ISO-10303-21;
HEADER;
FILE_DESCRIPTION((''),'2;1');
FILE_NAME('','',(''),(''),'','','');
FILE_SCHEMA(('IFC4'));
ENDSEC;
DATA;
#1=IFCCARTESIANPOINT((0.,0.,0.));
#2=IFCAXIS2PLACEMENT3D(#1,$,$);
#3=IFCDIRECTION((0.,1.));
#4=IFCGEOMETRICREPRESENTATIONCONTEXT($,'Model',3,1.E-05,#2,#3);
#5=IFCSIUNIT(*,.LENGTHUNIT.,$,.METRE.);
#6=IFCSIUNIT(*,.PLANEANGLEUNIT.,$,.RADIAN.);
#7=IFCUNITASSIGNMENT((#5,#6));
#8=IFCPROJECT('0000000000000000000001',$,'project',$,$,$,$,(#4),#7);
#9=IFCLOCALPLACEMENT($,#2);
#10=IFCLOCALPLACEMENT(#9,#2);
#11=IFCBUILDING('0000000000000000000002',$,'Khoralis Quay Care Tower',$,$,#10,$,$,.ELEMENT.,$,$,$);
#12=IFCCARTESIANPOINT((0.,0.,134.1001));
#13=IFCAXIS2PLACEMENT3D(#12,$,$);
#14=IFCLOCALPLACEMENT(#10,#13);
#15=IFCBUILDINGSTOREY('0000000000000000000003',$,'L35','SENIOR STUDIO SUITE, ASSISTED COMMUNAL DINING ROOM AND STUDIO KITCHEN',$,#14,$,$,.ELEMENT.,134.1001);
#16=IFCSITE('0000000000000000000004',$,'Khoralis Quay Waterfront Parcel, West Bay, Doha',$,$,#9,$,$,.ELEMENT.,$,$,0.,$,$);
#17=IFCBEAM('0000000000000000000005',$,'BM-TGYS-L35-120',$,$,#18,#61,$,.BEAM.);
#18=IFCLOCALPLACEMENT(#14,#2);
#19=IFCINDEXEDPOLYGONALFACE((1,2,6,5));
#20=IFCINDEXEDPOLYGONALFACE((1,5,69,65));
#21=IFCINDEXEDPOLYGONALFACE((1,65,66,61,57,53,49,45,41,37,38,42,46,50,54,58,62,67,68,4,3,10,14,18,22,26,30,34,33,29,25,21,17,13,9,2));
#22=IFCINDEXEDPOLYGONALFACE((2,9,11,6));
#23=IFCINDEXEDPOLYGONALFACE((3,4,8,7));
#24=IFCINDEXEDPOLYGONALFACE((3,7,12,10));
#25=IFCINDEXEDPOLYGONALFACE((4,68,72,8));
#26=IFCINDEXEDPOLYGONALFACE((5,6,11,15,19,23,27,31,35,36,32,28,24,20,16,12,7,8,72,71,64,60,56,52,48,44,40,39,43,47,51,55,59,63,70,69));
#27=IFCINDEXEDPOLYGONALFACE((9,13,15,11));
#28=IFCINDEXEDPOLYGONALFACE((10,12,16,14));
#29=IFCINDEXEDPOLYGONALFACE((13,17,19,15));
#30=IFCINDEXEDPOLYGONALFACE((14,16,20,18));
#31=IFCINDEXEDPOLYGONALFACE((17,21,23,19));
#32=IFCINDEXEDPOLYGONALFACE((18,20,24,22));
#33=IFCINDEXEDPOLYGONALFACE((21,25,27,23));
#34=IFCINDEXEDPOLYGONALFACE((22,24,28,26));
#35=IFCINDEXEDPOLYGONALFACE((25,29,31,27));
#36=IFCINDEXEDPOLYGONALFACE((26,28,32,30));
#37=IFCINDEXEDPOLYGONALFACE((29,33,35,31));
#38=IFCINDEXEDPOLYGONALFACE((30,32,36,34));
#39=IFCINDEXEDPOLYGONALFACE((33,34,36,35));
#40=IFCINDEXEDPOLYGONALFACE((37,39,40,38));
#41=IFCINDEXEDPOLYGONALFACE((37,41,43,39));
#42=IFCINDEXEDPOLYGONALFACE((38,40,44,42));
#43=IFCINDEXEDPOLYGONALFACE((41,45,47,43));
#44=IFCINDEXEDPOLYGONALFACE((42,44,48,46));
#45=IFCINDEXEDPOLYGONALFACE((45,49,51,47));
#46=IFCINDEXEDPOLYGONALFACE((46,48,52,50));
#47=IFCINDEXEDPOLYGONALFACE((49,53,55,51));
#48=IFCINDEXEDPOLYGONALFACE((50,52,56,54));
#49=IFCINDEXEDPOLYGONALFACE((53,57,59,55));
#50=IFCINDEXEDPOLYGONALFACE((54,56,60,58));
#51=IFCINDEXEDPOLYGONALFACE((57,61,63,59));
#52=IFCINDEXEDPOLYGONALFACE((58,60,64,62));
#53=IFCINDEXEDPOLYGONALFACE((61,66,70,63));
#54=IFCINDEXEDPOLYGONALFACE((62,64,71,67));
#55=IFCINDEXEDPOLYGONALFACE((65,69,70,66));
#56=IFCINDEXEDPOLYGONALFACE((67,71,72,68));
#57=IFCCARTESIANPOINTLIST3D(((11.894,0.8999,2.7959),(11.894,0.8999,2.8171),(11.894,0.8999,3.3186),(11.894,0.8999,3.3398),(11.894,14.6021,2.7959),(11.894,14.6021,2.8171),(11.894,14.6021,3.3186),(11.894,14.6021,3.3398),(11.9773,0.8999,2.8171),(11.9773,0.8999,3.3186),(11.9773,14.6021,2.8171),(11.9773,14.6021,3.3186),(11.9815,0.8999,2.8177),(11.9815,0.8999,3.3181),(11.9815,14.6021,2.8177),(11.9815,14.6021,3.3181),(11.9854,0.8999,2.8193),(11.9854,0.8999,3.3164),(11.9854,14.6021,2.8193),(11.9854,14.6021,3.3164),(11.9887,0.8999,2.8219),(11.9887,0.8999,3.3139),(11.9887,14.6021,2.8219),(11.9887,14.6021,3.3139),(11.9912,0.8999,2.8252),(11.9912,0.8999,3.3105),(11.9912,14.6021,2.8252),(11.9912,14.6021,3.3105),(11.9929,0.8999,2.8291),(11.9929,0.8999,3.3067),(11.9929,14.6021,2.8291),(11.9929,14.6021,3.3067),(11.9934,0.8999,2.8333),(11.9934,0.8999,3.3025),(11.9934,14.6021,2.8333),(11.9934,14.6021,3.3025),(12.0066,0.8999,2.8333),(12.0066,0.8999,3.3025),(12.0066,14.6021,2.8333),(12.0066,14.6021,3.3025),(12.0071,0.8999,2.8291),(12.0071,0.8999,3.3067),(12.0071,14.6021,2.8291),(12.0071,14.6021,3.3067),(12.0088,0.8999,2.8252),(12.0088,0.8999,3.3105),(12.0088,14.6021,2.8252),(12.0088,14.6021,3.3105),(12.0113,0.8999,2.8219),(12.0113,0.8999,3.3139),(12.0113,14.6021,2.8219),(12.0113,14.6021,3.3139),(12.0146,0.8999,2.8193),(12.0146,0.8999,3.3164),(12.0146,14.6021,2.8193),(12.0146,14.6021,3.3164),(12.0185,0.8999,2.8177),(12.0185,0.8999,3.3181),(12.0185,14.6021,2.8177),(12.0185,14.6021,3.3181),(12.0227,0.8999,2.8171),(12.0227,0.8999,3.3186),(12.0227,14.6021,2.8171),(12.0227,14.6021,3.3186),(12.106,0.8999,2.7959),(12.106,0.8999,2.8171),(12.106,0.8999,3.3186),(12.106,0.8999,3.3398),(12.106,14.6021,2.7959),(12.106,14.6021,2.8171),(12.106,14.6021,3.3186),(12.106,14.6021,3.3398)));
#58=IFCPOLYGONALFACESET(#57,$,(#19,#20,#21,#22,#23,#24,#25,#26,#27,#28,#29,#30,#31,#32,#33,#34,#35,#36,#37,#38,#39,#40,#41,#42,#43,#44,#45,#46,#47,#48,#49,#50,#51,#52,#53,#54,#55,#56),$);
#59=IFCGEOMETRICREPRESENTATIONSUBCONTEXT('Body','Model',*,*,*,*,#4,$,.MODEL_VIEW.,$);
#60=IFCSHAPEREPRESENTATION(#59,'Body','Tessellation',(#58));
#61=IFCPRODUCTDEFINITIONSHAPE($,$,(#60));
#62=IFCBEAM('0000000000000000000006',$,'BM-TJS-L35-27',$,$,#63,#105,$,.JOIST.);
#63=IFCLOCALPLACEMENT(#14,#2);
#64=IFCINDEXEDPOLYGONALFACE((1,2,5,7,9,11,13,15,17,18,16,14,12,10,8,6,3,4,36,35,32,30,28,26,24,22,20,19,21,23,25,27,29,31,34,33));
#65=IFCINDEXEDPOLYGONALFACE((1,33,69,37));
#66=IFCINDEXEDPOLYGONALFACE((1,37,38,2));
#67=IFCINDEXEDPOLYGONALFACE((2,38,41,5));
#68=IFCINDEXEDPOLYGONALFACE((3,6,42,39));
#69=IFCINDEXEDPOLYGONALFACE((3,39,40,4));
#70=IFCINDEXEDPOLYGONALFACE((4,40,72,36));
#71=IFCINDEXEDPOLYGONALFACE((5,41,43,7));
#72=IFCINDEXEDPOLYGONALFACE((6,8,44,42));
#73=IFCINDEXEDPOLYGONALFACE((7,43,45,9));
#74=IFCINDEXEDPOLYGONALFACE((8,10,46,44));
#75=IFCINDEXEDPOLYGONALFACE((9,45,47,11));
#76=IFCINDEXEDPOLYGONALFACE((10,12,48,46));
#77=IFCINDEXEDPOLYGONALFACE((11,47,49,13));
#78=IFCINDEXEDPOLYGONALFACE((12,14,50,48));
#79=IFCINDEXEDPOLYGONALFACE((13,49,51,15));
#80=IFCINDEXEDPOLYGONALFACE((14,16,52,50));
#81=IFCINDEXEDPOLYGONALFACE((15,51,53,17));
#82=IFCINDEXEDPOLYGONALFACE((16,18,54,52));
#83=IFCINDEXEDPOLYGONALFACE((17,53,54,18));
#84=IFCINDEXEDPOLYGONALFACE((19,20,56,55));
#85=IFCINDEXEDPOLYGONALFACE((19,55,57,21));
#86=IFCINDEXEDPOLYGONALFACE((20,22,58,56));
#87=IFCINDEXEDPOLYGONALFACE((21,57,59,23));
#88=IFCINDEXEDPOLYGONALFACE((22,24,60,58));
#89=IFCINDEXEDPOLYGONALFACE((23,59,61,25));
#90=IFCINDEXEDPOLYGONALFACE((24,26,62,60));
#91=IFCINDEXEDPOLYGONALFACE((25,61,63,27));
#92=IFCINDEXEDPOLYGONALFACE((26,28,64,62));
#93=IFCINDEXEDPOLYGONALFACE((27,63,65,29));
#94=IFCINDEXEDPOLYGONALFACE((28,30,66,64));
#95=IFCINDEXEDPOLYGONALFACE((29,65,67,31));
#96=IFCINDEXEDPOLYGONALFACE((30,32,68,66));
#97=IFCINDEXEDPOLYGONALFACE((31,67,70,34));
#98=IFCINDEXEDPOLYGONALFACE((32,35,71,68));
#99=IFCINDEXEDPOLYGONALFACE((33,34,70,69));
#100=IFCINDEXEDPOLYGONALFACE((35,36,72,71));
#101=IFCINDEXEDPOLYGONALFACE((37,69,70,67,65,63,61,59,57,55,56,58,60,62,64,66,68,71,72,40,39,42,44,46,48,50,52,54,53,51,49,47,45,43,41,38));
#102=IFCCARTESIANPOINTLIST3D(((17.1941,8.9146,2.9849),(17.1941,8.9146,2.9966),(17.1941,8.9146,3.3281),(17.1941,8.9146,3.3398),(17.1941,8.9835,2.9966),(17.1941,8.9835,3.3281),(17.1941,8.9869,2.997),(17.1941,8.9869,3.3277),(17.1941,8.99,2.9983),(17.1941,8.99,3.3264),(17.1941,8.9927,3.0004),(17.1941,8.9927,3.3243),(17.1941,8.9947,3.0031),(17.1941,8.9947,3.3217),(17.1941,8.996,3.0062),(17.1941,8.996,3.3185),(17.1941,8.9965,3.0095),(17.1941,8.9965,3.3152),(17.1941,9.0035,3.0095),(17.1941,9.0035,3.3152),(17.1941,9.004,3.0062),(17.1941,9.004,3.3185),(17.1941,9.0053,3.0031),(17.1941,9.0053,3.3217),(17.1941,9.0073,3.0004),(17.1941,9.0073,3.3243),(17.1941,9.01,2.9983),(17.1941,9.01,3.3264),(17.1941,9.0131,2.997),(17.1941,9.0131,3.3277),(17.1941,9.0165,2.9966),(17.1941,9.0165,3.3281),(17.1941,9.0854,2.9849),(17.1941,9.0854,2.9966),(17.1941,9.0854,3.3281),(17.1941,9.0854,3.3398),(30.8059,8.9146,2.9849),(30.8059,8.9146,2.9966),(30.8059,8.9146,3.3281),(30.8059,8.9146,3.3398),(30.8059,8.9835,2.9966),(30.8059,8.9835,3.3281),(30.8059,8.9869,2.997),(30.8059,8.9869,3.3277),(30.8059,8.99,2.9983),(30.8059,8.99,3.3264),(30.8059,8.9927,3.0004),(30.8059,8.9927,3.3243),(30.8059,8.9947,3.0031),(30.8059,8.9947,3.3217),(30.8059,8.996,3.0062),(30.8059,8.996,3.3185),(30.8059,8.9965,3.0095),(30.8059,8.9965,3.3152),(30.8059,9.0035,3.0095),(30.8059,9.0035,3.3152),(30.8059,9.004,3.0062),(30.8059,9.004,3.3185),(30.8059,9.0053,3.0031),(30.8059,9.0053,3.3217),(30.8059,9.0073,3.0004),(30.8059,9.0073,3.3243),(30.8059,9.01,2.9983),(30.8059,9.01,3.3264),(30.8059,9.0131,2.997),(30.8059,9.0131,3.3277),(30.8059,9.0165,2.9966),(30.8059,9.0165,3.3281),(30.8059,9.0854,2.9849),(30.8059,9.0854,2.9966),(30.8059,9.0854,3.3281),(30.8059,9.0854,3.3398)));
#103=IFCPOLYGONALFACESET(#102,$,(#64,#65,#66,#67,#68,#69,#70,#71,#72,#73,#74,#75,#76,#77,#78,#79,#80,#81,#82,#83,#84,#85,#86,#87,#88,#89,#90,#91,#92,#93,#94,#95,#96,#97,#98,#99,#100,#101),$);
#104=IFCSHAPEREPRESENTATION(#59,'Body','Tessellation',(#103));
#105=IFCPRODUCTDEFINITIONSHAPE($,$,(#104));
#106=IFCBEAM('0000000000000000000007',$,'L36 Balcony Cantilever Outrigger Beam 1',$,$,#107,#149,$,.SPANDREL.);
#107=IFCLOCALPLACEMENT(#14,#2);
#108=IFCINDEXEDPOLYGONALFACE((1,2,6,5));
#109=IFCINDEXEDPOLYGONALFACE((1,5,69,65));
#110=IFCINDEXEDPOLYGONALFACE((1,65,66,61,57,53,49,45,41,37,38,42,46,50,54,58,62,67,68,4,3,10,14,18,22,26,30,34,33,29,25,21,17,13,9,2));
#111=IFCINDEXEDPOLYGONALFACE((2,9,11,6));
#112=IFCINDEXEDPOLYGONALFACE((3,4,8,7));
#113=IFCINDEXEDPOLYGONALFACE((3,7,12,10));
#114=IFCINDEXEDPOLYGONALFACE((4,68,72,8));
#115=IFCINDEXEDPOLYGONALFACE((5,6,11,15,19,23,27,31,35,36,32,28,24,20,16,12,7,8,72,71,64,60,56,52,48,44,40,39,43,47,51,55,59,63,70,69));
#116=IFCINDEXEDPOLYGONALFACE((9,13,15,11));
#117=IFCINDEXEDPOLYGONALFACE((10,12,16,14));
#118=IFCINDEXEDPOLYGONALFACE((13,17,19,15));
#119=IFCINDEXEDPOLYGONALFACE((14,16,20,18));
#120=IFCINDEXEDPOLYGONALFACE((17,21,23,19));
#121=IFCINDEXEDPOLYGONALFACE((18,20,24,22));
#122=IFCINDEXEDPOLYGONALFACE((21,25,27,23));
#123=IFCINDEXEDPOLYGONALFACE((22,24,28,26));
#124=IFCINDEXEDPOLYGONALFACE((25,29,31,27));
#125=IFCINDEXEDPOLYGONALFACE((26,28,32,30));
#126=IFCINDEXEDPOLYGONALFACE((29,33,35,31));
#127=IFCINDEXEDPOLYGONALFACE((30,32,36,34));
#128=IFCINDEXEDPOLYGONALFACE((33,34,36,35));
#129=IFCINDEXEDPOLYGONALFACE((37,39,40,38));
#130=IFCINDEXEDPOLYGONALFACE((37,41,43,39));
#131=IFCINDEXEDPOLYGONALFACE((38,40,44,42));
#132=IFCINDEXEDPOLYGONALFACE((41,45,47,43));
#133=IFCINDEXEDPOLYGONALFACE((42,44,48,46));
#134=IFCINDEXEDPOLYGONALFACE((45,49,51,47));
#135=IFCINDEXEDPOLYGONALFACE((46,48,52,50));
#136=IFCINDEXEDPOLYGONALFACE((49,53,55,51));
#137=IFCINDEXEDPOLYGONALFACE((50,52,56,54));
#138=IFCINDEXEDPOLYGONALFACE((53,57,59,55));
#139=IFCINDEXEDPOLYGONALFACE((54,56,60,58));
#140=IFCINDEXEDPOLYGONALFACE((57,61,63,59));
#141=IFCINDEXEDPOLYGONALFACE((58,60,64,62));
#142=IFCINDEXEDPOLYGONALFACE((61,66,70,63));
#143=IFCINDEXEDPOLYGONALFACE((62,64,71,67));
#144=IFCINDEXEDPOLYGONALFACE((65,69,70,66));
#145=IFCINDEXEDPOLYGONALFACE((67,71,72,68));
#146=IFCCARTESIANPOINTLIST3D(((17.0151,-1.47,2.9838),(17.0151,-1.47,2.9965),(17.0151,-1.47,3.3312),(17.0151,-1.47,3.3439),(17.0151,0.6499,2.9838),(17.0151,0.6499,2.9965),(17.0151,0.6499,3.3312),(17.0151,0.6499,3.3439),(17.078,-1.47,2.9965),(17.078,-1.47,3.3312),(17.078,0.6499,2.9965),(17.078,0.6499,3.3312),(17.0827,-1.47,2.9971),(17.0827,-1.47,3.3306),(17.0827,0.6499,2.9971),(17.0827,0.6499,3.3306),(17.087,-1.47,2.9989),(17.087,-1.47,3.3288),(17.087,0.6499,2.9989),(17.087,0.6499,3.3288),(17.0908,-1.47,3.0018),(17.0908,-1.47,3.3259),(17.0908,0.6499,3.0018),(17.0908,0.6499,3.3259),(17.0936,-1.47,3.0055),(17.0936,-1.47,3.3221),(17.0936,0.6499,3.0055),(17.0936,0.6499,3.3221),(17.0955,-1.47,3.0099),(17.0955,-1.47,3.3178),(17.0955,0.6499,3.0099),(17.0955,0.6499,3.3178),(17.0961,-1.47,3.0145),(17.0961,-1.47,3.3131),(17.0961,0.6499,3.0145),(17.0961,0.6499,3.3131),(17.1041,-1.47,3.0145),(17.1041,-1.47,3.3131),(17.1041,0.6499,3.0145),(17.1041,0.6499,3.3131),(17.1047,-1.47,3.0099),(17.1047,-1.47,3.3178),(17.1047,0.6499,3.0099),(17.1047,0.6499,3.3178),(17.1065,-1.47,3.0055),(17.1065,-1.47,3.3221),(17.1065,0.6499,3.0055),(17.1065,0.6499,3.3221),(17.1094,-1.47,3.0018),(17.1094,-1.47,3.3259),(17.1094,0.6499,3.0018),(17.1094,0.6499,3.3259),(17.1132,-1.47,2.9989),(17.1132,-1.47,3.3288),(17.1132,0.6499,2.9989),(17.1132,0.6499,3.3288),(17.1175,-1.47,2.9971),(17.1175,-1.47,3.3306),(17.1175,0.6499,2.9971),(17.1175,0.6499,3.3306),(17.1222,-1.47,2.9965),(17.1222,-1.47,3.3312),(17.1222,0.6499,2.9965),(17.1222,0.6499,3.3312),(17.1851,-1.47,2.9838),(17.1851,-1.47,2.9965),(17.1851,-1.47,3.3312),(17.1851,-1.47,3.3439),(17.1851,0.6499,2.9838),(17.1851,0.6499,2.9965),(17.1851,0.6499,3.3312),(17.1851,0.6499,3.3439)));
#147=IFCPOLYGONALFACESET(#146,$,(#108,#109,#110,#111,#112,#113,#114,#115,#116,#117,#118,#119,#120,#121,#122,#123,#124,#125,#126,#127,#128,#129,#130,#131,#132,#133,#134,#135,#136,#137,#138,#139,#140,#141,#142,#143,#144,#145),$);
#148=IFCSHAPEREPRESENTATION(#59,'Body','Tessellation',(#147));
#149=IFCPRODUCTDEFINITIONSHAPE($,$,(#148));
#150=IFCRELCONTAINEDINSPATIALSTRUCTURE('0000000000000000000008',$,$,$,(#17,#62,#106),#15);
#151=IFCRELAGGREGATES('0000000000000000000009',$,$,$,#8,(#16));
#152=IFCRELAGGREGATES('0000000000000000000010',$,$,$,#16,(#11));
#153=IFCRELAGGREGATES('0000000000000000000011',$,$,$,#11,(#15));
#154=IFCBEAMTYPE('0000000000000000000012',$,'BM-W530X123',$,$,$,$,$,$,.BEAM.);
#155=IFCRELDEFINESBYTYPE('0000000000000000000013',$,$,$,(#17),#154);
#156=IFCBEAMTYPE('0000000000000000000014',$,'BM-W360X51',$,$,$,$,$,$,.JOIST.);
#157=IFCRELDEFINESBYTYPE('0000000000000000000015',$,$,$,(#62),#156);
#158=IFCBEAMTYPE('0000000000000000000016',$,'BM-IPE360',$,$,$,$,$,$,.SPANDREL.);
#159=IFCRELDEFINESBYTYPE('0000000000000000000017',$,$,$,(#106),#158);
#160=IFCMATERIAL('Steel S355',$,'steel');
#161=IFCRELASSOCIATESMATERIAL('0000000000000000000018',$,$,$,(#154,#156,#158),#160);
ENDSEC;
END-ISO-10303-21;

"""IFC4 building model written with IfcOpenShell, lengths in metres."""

from ifc_helpers import new_model, si_unit, direction, frame, origin, origin_2d, place, context, subcontext, project, spatial, i_section, extrude, source, transform, mapped, material, material_profile, profile_set, type_object, element, save


model = new_model("IFC4")

# Units and contexts
model_context = context("Model", 3, precision=1e-05, world=origin(), true_north=direction((0.0, 1.0)))
body_context = subcontext(model_context, "Body", "Model", "MODEL_VIEW")
ifc_project = project(units=[si_unit("LENGTHUNIT", "METRE"), si_unit("PLANEANGLEUNIT", "RADIAN")], contexts=[model_context])

# Site, building, storey
site_placement = place(None, origin())
site = spatial("IfcSite", under=ifc_project, at=site_placement, Name="Khoralis Quay Waterfront Parcel, West Bay, Doha", CompositionType="ELEMENT", RefElevation=0.0)
building_placement = place(site_placement, origin())
building = spatial("IfcBuilding", under=site, at=building_placement, Name="Khoralis Quay Care Tower", CompositionType="ELEMENT")
storey_placement = place(building_placement, frame((0.0, 0.0, 134.1001)))
storey = spatial("IfcBuildingStorey", under=building, at=storey_placement, Name="L35", Description="SENIOR STUDIO SUITE, ASSISTED COMMUNAL DINING ROOM AND STUDIO KITCHEN", CompositionType="ELEMENT", Elevation=134.1001)

# Beams
ifc_material_1 = material(Name="Steel S355", Category="steel")
ifc_material_profile_1 = material_profile(ifc_material_1, i_section(OverallWidth=0.2119, OverallDepth=0.5439, WebThickness=0.0132, FlangeThickness=0.0212, FilletRadius=0.0161, at=origin_2d()), Name="Steel S355")
ifc_profile_set_1 = profile_set([ifc_material_profile_1], Name="Steel S355")
beam_type_1 = type_object("IfcBeamType", Name="BM-W530X123", PredefinedType="BEAM", material=ifc_profile_set_1)
shared_shape_1 = source(origin(), body_context, "Body", "SweptSolid", [
    extrude(i_section(OverallWidth=0.2119, OverallDepth=0.5439, WebThickness=0.0132, FlangeThickness=0.0212, FilletRadius=0.0161, at=origin_2d()), origin(), (0.0, 0.0, 1.0), 13.7021),
])
beam_1_placement = place(storey_placement, frame((12.0, 0.8999, 3.0679), z_axis=(0.0, 1.0, 0.0), x_axis=(-1.0, 0.0, 0.0)))
element("IfcBeam", 1, at=beam_1_placement, inside=storey, type_object=beam_type_1, Name="BM-TGYS-L35-120", PredefinedType="BEAM", context=body_context, shape_type="MappedRepresentation", body=[
    mapped(shared_shape_1, transform((0.0, 0.0, 0.0), scale=1.0)),
])
ifc_material_profile_2 = material_profile(ifc_material_1, i_section(OverallWidth=0.1709, OverallDepth=0.355, WebThickness=0.0071, FlangeThickness=0.0117, FilletRadius=0.0129, at=origin_2d()), Name="Steel S355")
ifc_profile_set_2 = profile_set([ifc_material_profile_2], Name="Steel S355")
beam_type_2 = type_object("IfcBeamType", Name="BM-W360X51", PredefinedType="JOIST", material=ifc_profile_set_2)
shared_shape_2 = source(origin(), body_context, "Body", "SweptSolid", [
    extrude(i_section(OverallWidth=0.1709, OverallDepth=0.355, WebThickness=0.0071, FlangeThickness=0.0117, FilletRadius=0.0129, at=origin_2d()), origin(), (0.0, 0.0, 1.0), 13.6118),
])
beam_2_placement = place(storey_placement, frame((17.1941, 9.0, 3.1624), z_axis=(1.0, 0.0, 0.0), x_axis=(0.0, 1.0, 0.0)))
element("IfcBeam", 2, at=beam_2_placement, inside=storey, type_object=beam_type_2, Name="BM-TJS-L35-27", PredefinedType="JOIST", context=body_context, shape_type="MappedRepresentation", body=[
    mapped(shared_shape_2, transform((0.0, 0.0, 0.0), scale=1.0)),
])
ifc_material_profile_3 = material_profile(ifc_material_1, i_section(OverallWidth=0.1699, OverallDepth=0.3601, WebThickness=0.0081, FlangeThickness=0.0127, FilletRadius=0.0181, at=origin_2d()), Name="Steel S355")
ifc_profile_set_3 = profile_set([ifc_material_profile_3], Name="Steel S355")
beam_type_3 = type_object("IfcBeamType", Name="BM-IPE360", PredefinedType="SPANDREL", material=ifc_profile_set_3)
shared_shape_3 = source(origin(), body_context, "Body", "SweptSolid", [
    extrude(i_section(OverallWidth=0.1699, OverallDepth=0.3601, WebThickness=0.0081, FlangeThickness=0.0127, FilletRadius=0.0181, at=origin_2d()), origin(), (0.0, 0.0, 1.0), 2.1199),
])
beam_3_placement = place(storey_placement, frame((17.1001, 0.6499, 3.1638), z_axis=(0.0, -1.0, 0.0), x_axis=(1.0, 0.0, 0.0)))
element("IfcBeam", 3, at=beam_3_placement, inside=storey, type_object=beam_type_3, Name="L36 Balcony Cantilever Outrigger Beam 1", PredefinedType="SPANDREL", context=body_context, shape_type="MappedRepresentation", body=[
    mapped(shared_shape_3, transform((0.0, 0.0, 0.0), scale=1.0)),
])

save(model, "model.ifc")
